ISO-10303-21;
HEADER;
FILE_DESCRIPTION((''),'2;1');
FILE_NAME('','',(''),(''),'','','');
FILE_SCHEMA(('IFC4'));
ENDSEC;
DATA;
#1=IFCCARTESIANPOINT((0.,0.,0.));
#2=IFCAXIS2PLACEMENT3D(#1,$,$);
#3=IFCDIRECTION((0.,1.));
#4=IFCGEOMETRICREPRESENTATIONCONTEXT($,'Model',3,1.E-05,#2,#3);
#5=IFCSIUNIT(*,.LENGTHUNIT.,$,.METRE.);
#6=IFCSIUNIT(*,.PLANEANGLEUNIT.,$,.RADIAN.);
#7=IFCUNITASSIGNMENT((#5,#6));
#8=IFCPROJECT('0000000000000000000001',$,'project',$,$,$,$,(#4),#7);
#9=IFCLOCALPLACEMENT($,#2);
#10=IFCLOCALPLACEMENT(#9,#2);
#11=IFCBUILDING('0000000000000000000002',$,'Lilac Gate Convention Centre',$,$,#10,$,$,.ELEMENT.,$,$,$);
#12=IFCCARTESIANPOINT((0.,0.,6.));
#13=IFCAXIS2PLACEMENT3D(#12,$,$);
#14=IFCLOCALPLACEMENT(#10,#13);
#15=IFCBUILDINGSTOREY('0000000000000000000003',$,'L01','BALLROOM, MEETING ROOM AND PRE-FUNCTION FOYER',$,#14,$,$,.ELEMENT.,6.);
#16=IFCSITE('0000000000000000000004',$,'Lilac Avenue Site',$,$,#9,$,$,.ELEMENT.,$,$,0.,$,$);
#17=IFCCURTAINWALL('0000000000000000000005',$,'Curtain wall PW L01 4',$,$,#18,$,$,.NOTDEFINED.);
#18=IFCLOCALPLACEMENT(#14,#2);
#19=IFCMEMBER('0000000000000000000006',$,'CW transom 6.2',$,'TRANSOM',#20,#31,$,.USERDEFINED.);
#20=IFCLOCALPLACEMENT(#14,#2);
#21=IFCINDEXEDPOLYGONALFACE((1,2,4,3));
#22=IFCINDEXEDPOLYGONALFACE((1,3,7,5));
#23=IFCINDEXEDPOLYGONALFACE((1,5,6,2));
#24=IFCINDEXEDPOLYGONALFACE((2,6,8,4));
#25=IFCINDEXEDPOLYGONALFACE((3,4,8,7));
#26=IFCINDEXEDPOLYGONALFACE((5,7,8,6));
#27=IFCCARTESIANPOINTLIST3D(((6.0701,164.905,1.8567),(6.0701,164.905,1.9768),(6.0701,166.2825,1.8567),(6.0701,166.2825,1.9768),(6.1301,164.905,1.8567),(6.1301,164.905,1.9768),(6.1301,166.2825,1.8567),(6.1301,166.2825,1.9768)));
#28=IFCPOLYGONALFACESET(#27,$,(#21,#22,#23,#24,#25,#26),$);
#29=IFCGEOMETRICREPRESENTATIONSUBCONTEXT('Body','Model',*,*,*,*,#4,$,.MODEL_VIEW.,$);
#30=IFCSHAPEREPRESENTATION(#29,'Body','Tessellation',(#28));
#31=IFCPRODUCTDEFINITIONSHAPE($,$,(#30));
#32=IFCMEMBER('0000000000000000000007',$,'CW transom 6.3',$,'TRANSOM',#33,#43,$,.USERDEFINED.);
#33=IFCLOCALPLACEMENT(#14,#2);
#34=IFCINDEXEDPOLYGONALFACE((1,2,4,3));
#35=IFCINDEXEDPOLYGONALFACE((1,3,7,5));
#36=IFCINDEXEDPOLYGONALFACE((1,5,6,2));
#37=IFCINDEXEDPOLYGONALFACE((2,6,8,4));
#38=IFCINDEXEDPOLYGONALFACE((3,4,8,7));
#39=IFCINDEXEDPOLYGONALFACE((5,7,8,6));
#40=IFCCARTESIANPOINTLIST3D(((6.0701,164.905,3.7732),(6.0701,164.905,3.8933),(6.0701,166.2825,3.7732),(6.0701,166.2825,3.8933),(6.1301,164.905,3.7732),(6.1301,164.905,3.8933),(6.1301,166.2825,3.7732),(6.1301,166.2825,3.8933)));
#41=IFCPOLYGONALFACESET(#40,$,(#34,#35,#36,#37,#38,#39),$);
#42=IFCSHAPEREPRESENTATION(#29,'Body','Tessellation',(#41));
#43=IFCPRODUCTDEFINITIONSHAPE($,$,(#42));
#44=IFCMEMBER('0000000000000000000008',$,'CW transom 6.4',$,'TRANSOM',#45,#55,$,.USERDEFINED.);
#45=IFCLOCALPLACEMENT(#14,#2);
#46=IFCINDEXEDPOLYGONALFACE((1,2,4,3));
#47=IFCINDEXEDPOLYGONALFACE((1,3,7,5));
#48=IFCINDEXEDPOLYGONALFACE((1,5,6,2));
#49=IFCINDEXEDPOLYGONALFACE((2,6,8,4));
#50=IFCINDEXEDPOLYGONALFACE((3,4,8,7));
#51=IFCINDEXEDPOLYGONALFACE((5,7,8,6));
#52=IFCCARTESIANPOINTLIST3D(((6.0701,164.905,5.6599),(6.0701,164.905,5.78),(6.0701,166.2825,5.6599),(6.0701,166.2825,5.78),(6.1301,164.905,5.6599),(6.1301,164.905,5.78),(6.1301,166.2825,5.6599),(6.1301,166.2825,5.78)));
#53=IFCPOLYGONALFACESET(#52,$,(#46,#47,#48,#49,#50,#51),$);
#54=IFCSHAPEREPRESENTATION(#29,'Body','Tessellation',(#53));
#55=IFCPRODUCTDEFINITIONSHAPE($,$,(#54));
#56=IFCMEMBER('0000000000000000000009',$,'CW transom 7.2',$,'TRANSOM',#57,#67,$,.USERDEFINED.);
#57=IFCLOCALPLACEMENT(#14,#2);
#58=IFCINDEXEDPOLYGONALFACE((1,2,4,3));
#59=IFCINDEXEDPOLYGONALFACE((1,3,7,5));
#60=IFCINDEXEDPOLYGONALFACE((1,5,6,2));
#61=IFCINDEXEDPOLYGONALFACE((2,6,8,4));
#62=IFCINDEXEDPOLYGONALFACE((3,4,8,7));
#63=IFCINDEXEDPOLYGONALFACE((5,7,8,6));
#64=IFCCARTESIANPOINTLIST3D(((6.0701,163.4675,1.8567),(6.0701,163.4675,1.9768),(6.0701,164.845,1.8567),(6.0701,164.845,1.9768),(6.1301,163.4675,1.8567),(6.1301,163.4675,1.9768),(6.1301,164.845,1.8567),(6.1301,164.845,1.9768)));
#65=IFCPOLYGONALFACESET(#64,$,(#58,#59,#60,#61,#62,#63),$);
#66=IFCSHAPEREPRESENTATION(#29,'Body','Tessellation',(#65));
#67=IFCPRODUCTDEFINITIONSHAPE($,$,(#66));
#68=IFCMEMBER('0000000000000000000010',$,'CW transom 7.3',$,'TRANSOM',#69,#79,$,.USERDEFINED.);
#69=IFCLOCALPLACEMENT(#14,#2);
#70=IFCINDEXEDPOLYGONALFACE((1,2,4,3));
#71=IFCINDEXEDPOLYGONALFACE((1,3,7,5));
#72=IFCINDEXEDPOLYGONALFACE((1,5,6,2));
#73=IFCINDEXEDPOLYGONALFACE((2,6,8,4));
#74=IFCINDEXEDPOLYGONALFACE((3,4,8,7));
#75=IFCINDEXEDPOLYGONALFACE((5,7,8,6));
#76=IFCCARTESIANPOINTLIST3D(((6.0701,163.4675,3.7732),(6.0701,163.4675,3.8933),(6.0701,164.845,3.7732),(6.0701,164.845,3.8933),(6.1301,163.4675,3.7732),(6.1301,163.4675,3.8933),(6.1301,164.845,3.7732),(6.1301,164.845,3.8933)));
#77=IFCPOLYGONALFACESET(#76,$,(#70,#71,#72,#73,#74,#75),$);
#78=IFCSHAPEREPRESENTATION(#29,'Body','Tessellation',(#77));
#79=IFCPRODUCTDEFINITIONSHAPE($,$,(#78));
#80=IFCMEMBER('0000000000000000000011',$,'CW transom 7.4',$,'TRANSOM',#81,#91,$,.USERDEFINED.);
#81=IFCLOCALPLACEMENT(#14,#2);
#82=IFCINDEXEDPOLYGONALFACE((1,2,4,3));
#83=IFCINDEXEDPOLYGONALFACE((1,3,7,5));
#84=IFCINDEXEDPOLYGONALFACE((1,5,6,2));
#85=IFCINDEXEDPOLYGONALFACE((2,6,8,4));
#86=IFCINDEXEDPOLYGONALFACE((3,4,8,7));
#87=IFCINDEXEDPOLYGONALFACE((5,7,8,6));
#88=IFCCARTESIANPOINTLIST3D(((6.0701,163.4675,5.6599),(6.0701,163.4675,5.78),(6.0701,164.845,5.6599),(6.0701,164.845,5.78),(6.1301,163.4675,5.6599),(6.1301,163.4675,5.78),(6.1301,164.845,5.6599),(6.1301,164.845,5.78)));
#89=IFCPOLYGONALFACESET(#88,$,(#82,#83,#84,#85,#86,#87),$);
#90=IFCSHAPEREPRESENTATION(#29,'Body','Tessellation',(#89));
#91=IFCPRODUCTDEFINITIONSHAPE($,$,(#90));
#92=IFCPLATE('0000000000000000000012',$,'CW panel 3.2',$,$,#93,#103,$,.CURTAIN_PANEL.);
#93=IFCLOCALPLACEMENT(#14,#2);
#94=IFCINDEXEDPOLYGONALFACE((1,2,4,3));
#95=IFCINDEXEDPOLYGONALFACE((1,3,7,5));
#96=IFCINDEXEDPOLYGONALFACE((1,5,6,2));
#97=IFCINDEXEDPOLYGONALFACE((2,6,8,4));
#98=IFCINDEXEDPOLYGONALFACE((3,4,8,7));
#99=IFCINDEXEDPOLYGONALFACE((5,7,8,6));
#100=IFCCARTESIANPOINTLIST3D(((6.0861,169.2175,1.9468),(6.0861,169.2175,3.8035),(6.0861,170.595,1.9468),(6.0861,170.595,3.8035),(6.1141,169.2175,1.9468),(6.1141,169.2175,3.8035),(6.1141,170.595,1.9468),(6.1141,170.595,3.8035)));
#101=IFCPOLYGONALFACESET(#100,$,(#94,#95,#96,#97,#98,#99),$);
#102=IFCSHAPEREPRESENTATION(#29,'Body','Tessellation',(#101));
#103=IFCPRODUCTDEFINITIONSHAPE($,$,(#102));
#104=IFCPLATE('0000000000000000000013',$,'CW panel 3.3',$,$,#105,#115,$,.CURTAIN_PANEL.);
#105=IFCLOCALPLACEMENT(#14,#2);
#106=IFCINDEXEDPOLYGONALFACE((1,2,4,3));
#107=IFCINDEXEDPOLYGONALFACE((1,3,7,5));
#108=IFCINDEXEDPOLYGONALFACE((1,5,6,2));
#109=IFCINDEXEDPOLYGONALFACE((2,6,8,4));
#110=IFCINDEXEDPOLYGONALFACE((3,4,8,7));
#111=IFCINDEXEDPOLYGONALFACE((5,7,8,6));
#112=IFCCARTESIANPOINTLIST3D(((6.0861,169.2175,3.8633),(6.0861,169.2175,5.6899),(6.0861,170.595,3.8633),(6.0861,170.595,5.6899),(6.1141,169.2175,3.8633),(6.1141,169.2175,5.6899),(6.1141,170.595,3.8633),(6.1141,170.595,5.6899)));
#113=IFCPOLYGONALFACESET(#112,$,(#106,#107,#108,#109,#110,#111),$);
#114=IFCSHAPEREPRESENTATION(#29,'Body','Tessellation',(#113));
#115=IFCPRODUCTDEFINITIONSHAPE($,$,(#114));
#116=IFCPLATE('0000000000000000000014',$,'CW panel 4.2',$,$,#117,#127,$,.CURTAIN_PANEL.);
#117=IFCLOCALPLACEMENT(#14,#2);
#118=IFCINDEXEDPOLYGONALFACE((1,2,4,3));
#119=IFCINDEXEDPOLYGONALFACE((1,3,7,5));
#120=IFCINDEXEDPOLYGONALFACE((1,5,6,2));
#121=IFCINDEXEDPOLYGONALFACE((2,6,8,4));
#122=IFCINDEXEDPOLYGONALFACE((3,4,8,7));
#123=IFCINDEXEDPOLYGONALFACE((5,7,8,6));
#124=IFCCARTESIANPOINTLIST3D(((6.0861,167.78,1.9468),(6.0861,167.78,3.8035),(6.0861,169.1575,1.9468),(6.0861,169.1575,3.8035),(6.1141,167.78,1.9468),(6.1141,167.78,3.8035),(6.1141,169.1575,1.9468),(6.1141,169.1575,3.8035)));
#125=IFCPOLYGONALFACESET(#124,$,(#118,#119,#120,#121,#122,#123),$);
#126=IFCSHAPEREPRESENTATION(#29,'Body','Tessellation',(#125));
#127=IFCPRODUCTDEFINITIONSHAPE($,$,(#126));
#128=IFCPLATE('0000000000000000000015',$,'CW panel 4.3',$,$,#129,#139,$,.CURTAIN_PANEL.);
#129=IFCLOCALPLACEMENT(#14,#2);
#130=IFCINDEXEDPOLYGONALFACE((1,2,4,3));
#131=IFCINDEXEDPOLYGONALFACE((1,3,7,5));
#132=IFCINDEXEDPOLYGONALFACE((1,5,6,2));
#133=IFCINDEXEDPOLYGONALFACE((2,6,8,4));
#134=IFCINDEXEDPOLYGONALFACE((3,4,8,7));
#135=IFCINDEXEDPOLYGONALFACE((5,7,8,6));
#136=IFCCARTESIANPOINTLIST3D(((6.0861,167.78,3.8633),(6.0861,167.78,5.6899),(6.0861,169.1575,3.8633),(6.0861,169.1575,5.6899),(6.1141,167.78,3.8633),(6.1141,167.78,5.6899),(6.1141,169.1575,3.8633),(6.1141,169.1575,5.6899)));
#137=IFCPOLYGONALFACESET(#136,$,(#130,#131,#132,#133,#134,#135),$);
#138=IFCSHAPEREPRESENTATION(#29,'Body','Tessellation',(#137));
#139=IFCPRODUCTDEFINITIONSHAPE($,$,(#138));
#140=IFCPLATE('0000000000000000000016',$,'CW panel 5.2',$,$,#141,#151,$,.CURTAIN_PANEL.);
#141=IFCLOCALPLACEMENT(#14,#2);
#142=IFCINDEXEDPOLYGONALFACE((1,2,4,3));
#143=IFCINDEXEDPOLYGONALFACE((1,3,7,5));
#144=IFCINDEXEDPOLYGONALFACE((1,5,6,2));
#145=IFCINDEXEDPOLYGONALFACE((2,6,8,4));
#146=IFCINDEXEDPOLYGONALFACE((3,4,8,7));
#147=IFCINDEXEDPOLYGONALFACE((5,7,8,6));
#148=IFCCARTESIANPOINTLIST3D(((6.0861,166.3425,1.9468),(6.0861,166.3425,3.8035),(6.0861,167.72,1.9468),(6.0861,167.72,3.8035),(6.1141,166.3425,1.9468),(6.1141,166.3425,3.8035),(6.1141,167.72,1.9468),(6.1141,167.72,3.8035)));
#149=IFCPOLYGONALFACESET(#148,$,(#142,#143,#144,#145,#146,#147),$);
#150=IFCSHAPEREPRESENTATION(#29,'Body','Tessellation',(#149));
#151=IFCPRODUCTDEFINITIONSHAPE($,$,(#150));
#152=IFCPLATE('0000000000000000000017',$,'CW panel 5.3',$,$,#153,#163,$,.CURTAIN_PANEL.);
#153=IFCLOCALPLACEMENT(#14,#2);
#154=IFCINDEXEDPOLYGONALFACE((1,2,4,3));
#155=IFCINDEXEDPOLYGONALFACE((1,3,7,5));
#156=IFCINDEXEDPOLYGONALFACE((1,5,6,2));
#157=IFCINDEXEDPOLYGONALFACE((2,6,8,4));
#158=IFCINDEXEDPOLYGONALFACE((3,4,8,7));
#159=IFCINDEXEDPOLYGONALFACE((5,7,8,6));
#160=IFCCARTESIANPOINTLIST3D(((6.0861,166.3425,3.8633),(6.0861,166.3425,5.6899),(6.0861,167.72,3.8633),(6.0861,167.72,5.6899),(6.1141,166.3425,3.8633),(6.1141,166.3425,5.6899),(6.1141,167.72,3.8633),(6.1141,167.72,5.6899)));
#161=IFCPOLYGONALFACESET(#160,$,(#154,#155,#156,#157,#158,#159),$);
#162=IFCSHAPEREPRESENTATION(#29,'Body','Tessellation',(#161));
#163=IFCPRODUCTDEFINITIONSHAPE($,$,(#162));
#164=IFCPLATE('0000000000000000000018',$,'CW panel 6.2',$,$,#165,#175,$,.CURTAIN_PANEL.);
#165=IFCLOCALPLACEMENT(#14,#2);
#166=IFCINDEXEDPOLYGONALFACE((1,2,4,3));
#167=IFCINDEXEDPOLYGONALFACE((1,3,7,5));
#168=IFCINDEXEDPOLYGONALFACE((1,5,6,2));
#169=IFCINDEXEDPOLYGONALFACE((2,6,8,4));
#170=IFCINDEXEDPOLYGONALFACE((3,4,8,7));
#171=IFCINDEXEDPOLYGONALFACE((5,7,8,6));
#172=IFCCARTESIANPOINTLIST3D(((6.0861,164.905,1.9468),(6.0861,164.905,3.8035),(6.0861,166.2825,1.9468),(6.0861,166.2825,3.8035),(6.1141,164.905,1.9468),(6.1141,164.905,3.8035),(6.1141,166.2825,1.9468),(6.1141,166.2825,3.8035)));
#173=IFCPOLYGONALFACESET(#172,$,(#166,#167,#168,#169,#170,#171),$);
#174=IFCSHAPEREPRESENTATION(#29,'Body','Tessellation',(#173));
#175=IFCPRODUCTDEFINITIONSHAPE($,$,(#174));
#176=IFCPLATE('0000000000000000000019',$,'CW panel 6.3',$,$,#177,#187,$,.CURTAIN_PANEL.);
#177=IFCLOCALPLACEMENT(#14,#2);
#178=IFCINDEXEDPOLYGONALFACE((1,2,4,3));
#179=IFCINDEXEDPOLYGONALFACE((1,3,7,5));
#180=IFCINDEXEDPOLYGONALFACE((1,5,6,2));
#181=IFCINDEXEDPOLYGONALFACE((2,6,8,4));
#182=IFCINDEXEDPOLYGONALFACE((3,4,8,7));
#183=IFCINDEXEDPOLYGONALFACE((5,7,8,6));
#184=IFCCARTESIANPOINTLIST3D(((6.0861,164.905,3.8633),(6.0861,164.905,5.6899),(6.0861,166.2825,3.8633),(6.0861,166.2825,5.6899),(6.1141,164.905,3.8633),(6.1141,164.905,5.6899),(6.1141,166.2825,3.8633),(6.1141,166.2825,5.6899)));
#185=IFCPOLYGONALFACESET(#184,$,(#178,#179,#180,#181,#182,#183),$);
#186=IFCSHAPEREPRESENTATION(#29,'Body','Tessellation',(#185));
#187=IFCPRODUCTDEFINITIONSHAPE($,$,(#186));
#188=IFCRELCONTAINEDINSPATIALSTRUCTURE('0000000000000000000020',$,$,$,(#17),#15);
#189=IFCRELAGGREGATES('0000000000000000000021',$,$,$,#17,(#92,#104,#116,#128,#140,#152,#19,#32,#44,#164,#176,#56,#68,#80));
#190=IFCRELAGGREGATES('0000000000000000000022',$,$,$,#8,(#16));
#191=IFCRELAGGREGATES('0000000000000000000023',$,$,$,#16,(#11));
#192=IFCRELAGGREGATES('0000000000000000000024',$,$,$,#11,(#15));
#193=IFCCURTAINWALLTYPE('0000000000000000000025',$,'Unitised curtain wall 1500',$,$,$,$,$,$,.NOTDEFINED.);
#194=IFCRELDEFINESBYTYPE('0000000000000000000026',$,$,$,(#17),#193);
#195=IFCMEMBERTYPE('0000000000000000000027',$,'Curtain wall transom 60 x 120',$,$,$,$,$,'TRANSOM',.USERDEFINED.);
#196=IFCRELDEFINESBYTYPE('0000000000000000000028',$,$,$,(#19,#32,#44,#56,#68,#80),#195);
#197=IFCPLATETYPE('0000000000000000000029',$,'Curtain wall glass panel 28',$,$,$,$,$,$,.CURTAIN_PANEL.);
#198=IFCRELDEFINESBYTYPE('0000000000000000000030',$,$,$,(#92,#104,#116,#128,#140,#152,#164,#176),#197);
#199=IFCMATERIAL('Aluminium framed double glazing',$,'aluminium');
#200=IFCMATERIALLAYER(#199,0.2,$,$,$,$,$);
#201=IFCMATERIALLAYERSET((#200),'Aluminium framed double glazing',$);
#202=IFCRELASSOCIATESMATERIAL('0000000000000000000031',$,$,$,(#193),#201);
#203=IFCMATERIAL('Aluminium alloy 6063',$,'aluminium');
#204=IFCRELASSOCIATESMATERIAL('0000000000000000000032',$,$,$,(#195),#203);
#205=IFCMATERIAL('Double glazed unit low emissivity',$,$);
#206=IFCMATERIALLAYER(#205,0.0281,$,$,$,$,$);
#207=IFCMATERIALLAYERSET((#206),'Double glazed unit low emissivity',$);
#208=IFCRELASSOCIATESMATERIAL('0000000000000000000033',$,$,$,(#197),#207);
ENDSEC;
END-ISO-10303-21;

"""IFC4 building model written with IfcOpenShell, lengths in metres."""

from ifc_helpers import new_model, si_unit, direction, frame, origin, origin_2d, place, context, subcontext, project, spatial, rectangle, extrude, material, layer, layer_set, material_profile, profile_set, type_object, element, aggregate, save


model = new_model("IFC4")

# Units and contexts
model_context = context("Model", 3, precision=1e-05, world=origin(), true_north=direction((0.0, 1.0)))
body_context = subcontext(model_context, "Body", "Model", "MODEL_VIEW")
ifc_project = project(units=[si_unit("LENGTHUNIT", "METRE"), si_unit("PLANEANGLEUNIT", "RADIAN")], contexts=[model_context])

# Site, building, storey
site_placement = place(None, origin())
site = spatial("IfcSite", under=ifc_project, at=site_placement, Name="Lilac Avenue Site", CompositionType="ELEMENT", RefElevation=0.0)
building_placement = place(site_placement, origin())
building = spatial("IfcBuilding", under=site, at=building_placement, Name="Lilac Gate Convention Centre", CompositionType="ELEMENT")
storey_placement = place(building_placement, frame((0.0, 0.0, 6.0)))
storey = spatial("IfcBuildingStorey", under=building, at=storey_placement, Name="L01", Description="BALLROOM, MEETING ROOM AND PRE-FUNCTION FOYER", CompositionType="ELEMENT", Elevation=6.0)

# Curtain wall, members, plates
ifc_material_1 = material(Name="Aluminium framed double glazing", Category="aluminium")
ifc_layer_1 = layer(ifc_material_1, 0.2)
ifc_layer_set_1 = layer_set([ifc_layer_1], Name="Aluminium framed double glazing")
curtain_wall_type = type_object("IfcCurtainWallType", Name="Unitised curtain wall 1500", PredefinedType="NOTDEFINED", material=ifc_layer_set_1)
curtain_wall_placement = place(storey_placement, origin())
curtain_wall = element("IfcCurtainWall", 1, at=curtain_wall_placement, inside=storey, type_object=curtain_wall_type, Name="Curtain wall PW L01 4", PredefinedType="NOTDEFINED")
ifc_material_2 = material(Name="Aluminium alloy 6063", Category="aluminium")
ifc_material_profile_1 = material_profile(ifc_material_2, rectangle(XDim=0.0601, YDim=0.1201, at=origin_2d()), Name="Curtain wall transom 60 x 120")
ifc_profile_set_1 = profile_set([ifc_material_profile_1], Name="Aluminium alloy 6063")
member_type_1 = type_object("IfcMemberType", Name="Curtain wall transom 60 x 120", ElementType="TRANSOM", PredefinedType="USERDEFINED", material=ifc_profile_set_1)
member_1_placement = place(storey_placement, frame((6.1001, 166.2825, 1.9167), z_axis=(0.0, -1.0, 0.0), x_axis=(1.0, 0.0, 0.0)))
member_1 = element("IfcMember", 2, at=member_1_placement, type_object=member_type_1, Name="CW transom 6.2", ObjectType="TRANSOM", PredefinedType="USERDEFINED", context=body_context, shape_type="SweptSolid", body=[
    extrude(rectangle(XDim=0.0601, YDim=0.1201, at=origin_2d()), origin(), (0.0, 0.0, 1.0), 1.3774),
])
member_2_placement = place(storey_placement, frame((6.1001, 166.2825, 3.8333), z_axis=(0.0, -1.0, 0.0), x_axis=(1.0, 0.0, 0.0)))
member_2 = element("IfcMember", 3, at=member_2_placement, type_object=member_type_1, Name="CW transom 6.3", ObjectType="TRANSOM", PredefinedType="USERDEFINED", context=body_context, shape_type="SweptSolid", body=[
    extrude(rectangle(XDim=0.0601, YDim=0.1201, at=origin_2d()), origin(), (0.0, 0.0, 1.0), 1.3774),
])
member_3_placement = place(storey_placement, frame((6.1001, 166.2825, 5.72), z_axis=(0.0, -1.0, 0.0), x_axis=(1.0, 0.0, 0.0)))
member_3 = element("IfcMember", 4, at=member_3_placement, type_object=member_type_1, Name="CW transom 6.4", ObjectType="TRANSOM", PredefinedType="USERDEFINED", context=body_context, shape_type="SweptSolid", body=[
    extrude(rectangle(XDim=0.0601, YDim=0.1201, at=origin_2d()), origin(), (0.0, 0.0, 1.0), 1.3774),
])
member_4_placement = place(storey_placement, frame((6.1001, 164.845, 1.9167), z_axis=(0.0, -1.0, 0.0), x_axis=(1.0, 0.0, 0.0)))
member_4 = element("IfcMember", 5, at=member_4_placement, type_object=member_type_1, Name="CW transom 7.2", ObjectType="TRANSOM", PredefinedType="USERDEFINED", context=body_context, shape_type="SweptSolid", body=[
    extrude(rectangle(XDim=0.0601, YDim=0.1201, at=origin_2d()), origin(), (0.0, 0.0, 1.0), 1.3774),
])
member_5_placement = place(storey_placement, frame((6.1001, 164.845, 3.8333), z_axis=(0.0, -1.0, 0.0), x_axis=(1.0, 0.0, 0.0)))
member_5 = element("IfcMember", 6, at=member_5_placement, type_object=member_type_1, Name="CW transom 7.3", ObjectType="TRANSOM", PredefinedType="USERDEFINED", context=body_context, shape_type="SweptSolid", body=[
    extrude(rectangle(XDim=0.0601, YDim=0.1201, at=origin_2d()), origin(), (0.0, 0.0, 1.0), 1.3774),
])
member_6_placement = place(storey_placement, frame((6.1001, 164.845, 5.72), z_axis=(0.0, -1.0, 0.0), x_axis=(1.0, 0.0, 0.0)))
member_6 = element("IfcMember", 7, at=member_6_placement, type_object=member_type_1, Name="CW transom 7.4", ObjectType="TRANSOM", PredefinedType="USERDEFINED", context=body_context, shape_type="SweptSolid", body=[
    extrude(rectangle(XDim=0.0601, YDim=0.1201, at=origin_2d()), origin(), (0.0, 0.0, 1.0), 1.3774),
])
ifc_material_3 = material(Name="Double glazed unit low emissivity")
ifc_layer_2 = layer(ifc_material_3, 0.0281)
ifc_layer_set_2 = layer_set([ifc_layer_2], Name="Double glazed unit low emissivity")
plate_type_1 = type_object("IfcPlateType", Name="Curtain wall glass panel 28", PredefinedType="CURTAIN_PANEL", material=ifc_layer_set_2)
plate_1_placement = place(storey_placement, frame((6.1001, 169.9062, 1.9468), z_axis=(0.0, 0.0, 1.0), x_axis=(0.0, -1.0, 0.0)))
plate_1 = element("IfcPlate", 8, at=plate_1_placement, type_object=plate_type_1, Name="CW panel 3.2", PredefinedType="CURTAIN_PANEL", context=body_context, shape_type="SweptSolid", body=[
    extrude(rectangle(XDim=1.3774, YDim=0.0281, at=origin_2d()), origin(), (0.0, 0.0, 1.0), 1.8567),
])
plate_2_placement = place(storey_placement, frame((6.1001, 169.9062, 3.8633), z_axis=(0.0, 0.0, 1.0), x_axis=(0.0, -1.0, 0.0)))
plate_2 = element("IfcPlate", 9, at=plate_2_placement, type_object=plate_type_1, Name="CW panel 3.3", PredefinedType="CURTAIN_PANEL", context=body_context, shape_type="SweptSolid", body=[
    extrude(rectangle(XDim=1.3774, YDim=0.0281, at=origin_2d()), origin(), (0.0, 0.0, 1.0), 1.8267),
])
plate_3_placement = place(storey_placement, frame((6.1001, 168.4688, 1.9468), z_axis=(0.0, 0.0, 1.0), x_axis=(0.0, -1.0, 0.0)))
plate_3 = element("IfcPlate", 10, at=plate_3_placement, type_object=plate_type_1, Name="CW panel 4.2", PredefinedType="CURTAIN_PANEL", context=body_context, shape_type="SweptSolid", body=[
    extrude(rectangle(XDim=1.3774, YDim=0.0281, at=origin_2d()), origin(), (0.0, 0.0, 1.0), 1.8567),
])
plate_4_placement = place(storey_placement, frame((6.1001, 168.4688, 3.8633), z_axis=(0.0, 0.0, 1.0), x_axis=(0.0, -1.0, 0.0)))
plate_4 = element("IfcPlate", 11, at=plate_4_placement, type_object=plate_type_1, Name="CW panel 4.3", PredefinedType="CURTAIN_PANEL", context=body_context, shape_type="SweptSolid", body=[
    extrude(rectangle(XDim=1.3774, YDim=0.0281, at=origin_2d()), origin(), (0.0, 0.0, 1.0), 1.8267),
])
plate_5_placement = place(storey_placement, frame((6.1001, 167.0312, 1.9468), z_axis=(0.0, 0.0, 1.0), x_axis=(0.0, -1.0, 0.0)))
plate_5 = element("IfcPlate", 12, at=plate_5_placement, type_object=plate_type_1, Name="CW panel 5.2", PredefinedType="CURTAIN_PANEL", context=body_context, shape_type="SweptSolid", body=[
    extrude(rectangle(XDim=1.3774, YDim=0.0281, at=origin_2d()), origin(), (0.0, 0.0, 1.0), 1.8567),
])
plate_6_placement = place(storey_placement, frame((6.1001, 167.0312, 3.8633), z_axis=(0.0, 0.0, 1.0), x_axis=(0.0, -1.0, 0.0)))
plate_6 = element("IfcPlate", 13, at=plate_6_placement, type_object=plate_type_1, Name="CW panel 5.3", PredefinedType="CURTAIN_PANEL", context=body_context, shape_type="SweptSolid", body=[
    extrude(rectangle(XDim=1.3774, YDim=0.0281, at=origin_2d()), origin(), (0.0, 0.0, 1.0), 1.8267),
])
plate_7_placement = place(storey_placement, frame((6.1001, 165.5938, 1.9468), z_axis=(0.0, 0.0, 1.0), x_axis=(0.0, -1.0, 0.0)))
plate_7 = element("IfcPlate", 14, at=plate_7_placement, type_object=plate_type_1, Name="CW panel 6.2", PredefinedType="CURTAIN_PANEL", context=body_context, shape_type="SweptSolid", body=[
    extrude(rectangle(XDim=1.3774, YDim=0.0281, at=origin_2d()), origin(), (0.0, 0.0, 1.0), 1.8567),
])
plate_8_placement = place(storey_placement, frame((6.1001, 165.5938, 3.8633), z_axis=(0.0, 0.0, 1.0), x_axis=(0.0, -1.0, 0.0)))
plate_8 = element("IfcPlate", 15, at=plate_8_placement, type_object=plate_type_1, Name="CW panel 6.3", PredefinedType="CURTAIN_PANEL", context=body_context, shape_type="SweptSolid", body=[
    extrude(rectangle(XDim=1.3774, YDim=0.0281, at=origin_2d()), origin(), (0.0, 0.0, 1.0), 1.8267),
])
aggregate(curtain_wall, [plate_1, plate_2, plate_3, plate_4, plate_5, plate_6, member_1, member_2, member_3, plate_7, plate_8, member_4, member_5, member_6])

save(model, "model.ifc")
